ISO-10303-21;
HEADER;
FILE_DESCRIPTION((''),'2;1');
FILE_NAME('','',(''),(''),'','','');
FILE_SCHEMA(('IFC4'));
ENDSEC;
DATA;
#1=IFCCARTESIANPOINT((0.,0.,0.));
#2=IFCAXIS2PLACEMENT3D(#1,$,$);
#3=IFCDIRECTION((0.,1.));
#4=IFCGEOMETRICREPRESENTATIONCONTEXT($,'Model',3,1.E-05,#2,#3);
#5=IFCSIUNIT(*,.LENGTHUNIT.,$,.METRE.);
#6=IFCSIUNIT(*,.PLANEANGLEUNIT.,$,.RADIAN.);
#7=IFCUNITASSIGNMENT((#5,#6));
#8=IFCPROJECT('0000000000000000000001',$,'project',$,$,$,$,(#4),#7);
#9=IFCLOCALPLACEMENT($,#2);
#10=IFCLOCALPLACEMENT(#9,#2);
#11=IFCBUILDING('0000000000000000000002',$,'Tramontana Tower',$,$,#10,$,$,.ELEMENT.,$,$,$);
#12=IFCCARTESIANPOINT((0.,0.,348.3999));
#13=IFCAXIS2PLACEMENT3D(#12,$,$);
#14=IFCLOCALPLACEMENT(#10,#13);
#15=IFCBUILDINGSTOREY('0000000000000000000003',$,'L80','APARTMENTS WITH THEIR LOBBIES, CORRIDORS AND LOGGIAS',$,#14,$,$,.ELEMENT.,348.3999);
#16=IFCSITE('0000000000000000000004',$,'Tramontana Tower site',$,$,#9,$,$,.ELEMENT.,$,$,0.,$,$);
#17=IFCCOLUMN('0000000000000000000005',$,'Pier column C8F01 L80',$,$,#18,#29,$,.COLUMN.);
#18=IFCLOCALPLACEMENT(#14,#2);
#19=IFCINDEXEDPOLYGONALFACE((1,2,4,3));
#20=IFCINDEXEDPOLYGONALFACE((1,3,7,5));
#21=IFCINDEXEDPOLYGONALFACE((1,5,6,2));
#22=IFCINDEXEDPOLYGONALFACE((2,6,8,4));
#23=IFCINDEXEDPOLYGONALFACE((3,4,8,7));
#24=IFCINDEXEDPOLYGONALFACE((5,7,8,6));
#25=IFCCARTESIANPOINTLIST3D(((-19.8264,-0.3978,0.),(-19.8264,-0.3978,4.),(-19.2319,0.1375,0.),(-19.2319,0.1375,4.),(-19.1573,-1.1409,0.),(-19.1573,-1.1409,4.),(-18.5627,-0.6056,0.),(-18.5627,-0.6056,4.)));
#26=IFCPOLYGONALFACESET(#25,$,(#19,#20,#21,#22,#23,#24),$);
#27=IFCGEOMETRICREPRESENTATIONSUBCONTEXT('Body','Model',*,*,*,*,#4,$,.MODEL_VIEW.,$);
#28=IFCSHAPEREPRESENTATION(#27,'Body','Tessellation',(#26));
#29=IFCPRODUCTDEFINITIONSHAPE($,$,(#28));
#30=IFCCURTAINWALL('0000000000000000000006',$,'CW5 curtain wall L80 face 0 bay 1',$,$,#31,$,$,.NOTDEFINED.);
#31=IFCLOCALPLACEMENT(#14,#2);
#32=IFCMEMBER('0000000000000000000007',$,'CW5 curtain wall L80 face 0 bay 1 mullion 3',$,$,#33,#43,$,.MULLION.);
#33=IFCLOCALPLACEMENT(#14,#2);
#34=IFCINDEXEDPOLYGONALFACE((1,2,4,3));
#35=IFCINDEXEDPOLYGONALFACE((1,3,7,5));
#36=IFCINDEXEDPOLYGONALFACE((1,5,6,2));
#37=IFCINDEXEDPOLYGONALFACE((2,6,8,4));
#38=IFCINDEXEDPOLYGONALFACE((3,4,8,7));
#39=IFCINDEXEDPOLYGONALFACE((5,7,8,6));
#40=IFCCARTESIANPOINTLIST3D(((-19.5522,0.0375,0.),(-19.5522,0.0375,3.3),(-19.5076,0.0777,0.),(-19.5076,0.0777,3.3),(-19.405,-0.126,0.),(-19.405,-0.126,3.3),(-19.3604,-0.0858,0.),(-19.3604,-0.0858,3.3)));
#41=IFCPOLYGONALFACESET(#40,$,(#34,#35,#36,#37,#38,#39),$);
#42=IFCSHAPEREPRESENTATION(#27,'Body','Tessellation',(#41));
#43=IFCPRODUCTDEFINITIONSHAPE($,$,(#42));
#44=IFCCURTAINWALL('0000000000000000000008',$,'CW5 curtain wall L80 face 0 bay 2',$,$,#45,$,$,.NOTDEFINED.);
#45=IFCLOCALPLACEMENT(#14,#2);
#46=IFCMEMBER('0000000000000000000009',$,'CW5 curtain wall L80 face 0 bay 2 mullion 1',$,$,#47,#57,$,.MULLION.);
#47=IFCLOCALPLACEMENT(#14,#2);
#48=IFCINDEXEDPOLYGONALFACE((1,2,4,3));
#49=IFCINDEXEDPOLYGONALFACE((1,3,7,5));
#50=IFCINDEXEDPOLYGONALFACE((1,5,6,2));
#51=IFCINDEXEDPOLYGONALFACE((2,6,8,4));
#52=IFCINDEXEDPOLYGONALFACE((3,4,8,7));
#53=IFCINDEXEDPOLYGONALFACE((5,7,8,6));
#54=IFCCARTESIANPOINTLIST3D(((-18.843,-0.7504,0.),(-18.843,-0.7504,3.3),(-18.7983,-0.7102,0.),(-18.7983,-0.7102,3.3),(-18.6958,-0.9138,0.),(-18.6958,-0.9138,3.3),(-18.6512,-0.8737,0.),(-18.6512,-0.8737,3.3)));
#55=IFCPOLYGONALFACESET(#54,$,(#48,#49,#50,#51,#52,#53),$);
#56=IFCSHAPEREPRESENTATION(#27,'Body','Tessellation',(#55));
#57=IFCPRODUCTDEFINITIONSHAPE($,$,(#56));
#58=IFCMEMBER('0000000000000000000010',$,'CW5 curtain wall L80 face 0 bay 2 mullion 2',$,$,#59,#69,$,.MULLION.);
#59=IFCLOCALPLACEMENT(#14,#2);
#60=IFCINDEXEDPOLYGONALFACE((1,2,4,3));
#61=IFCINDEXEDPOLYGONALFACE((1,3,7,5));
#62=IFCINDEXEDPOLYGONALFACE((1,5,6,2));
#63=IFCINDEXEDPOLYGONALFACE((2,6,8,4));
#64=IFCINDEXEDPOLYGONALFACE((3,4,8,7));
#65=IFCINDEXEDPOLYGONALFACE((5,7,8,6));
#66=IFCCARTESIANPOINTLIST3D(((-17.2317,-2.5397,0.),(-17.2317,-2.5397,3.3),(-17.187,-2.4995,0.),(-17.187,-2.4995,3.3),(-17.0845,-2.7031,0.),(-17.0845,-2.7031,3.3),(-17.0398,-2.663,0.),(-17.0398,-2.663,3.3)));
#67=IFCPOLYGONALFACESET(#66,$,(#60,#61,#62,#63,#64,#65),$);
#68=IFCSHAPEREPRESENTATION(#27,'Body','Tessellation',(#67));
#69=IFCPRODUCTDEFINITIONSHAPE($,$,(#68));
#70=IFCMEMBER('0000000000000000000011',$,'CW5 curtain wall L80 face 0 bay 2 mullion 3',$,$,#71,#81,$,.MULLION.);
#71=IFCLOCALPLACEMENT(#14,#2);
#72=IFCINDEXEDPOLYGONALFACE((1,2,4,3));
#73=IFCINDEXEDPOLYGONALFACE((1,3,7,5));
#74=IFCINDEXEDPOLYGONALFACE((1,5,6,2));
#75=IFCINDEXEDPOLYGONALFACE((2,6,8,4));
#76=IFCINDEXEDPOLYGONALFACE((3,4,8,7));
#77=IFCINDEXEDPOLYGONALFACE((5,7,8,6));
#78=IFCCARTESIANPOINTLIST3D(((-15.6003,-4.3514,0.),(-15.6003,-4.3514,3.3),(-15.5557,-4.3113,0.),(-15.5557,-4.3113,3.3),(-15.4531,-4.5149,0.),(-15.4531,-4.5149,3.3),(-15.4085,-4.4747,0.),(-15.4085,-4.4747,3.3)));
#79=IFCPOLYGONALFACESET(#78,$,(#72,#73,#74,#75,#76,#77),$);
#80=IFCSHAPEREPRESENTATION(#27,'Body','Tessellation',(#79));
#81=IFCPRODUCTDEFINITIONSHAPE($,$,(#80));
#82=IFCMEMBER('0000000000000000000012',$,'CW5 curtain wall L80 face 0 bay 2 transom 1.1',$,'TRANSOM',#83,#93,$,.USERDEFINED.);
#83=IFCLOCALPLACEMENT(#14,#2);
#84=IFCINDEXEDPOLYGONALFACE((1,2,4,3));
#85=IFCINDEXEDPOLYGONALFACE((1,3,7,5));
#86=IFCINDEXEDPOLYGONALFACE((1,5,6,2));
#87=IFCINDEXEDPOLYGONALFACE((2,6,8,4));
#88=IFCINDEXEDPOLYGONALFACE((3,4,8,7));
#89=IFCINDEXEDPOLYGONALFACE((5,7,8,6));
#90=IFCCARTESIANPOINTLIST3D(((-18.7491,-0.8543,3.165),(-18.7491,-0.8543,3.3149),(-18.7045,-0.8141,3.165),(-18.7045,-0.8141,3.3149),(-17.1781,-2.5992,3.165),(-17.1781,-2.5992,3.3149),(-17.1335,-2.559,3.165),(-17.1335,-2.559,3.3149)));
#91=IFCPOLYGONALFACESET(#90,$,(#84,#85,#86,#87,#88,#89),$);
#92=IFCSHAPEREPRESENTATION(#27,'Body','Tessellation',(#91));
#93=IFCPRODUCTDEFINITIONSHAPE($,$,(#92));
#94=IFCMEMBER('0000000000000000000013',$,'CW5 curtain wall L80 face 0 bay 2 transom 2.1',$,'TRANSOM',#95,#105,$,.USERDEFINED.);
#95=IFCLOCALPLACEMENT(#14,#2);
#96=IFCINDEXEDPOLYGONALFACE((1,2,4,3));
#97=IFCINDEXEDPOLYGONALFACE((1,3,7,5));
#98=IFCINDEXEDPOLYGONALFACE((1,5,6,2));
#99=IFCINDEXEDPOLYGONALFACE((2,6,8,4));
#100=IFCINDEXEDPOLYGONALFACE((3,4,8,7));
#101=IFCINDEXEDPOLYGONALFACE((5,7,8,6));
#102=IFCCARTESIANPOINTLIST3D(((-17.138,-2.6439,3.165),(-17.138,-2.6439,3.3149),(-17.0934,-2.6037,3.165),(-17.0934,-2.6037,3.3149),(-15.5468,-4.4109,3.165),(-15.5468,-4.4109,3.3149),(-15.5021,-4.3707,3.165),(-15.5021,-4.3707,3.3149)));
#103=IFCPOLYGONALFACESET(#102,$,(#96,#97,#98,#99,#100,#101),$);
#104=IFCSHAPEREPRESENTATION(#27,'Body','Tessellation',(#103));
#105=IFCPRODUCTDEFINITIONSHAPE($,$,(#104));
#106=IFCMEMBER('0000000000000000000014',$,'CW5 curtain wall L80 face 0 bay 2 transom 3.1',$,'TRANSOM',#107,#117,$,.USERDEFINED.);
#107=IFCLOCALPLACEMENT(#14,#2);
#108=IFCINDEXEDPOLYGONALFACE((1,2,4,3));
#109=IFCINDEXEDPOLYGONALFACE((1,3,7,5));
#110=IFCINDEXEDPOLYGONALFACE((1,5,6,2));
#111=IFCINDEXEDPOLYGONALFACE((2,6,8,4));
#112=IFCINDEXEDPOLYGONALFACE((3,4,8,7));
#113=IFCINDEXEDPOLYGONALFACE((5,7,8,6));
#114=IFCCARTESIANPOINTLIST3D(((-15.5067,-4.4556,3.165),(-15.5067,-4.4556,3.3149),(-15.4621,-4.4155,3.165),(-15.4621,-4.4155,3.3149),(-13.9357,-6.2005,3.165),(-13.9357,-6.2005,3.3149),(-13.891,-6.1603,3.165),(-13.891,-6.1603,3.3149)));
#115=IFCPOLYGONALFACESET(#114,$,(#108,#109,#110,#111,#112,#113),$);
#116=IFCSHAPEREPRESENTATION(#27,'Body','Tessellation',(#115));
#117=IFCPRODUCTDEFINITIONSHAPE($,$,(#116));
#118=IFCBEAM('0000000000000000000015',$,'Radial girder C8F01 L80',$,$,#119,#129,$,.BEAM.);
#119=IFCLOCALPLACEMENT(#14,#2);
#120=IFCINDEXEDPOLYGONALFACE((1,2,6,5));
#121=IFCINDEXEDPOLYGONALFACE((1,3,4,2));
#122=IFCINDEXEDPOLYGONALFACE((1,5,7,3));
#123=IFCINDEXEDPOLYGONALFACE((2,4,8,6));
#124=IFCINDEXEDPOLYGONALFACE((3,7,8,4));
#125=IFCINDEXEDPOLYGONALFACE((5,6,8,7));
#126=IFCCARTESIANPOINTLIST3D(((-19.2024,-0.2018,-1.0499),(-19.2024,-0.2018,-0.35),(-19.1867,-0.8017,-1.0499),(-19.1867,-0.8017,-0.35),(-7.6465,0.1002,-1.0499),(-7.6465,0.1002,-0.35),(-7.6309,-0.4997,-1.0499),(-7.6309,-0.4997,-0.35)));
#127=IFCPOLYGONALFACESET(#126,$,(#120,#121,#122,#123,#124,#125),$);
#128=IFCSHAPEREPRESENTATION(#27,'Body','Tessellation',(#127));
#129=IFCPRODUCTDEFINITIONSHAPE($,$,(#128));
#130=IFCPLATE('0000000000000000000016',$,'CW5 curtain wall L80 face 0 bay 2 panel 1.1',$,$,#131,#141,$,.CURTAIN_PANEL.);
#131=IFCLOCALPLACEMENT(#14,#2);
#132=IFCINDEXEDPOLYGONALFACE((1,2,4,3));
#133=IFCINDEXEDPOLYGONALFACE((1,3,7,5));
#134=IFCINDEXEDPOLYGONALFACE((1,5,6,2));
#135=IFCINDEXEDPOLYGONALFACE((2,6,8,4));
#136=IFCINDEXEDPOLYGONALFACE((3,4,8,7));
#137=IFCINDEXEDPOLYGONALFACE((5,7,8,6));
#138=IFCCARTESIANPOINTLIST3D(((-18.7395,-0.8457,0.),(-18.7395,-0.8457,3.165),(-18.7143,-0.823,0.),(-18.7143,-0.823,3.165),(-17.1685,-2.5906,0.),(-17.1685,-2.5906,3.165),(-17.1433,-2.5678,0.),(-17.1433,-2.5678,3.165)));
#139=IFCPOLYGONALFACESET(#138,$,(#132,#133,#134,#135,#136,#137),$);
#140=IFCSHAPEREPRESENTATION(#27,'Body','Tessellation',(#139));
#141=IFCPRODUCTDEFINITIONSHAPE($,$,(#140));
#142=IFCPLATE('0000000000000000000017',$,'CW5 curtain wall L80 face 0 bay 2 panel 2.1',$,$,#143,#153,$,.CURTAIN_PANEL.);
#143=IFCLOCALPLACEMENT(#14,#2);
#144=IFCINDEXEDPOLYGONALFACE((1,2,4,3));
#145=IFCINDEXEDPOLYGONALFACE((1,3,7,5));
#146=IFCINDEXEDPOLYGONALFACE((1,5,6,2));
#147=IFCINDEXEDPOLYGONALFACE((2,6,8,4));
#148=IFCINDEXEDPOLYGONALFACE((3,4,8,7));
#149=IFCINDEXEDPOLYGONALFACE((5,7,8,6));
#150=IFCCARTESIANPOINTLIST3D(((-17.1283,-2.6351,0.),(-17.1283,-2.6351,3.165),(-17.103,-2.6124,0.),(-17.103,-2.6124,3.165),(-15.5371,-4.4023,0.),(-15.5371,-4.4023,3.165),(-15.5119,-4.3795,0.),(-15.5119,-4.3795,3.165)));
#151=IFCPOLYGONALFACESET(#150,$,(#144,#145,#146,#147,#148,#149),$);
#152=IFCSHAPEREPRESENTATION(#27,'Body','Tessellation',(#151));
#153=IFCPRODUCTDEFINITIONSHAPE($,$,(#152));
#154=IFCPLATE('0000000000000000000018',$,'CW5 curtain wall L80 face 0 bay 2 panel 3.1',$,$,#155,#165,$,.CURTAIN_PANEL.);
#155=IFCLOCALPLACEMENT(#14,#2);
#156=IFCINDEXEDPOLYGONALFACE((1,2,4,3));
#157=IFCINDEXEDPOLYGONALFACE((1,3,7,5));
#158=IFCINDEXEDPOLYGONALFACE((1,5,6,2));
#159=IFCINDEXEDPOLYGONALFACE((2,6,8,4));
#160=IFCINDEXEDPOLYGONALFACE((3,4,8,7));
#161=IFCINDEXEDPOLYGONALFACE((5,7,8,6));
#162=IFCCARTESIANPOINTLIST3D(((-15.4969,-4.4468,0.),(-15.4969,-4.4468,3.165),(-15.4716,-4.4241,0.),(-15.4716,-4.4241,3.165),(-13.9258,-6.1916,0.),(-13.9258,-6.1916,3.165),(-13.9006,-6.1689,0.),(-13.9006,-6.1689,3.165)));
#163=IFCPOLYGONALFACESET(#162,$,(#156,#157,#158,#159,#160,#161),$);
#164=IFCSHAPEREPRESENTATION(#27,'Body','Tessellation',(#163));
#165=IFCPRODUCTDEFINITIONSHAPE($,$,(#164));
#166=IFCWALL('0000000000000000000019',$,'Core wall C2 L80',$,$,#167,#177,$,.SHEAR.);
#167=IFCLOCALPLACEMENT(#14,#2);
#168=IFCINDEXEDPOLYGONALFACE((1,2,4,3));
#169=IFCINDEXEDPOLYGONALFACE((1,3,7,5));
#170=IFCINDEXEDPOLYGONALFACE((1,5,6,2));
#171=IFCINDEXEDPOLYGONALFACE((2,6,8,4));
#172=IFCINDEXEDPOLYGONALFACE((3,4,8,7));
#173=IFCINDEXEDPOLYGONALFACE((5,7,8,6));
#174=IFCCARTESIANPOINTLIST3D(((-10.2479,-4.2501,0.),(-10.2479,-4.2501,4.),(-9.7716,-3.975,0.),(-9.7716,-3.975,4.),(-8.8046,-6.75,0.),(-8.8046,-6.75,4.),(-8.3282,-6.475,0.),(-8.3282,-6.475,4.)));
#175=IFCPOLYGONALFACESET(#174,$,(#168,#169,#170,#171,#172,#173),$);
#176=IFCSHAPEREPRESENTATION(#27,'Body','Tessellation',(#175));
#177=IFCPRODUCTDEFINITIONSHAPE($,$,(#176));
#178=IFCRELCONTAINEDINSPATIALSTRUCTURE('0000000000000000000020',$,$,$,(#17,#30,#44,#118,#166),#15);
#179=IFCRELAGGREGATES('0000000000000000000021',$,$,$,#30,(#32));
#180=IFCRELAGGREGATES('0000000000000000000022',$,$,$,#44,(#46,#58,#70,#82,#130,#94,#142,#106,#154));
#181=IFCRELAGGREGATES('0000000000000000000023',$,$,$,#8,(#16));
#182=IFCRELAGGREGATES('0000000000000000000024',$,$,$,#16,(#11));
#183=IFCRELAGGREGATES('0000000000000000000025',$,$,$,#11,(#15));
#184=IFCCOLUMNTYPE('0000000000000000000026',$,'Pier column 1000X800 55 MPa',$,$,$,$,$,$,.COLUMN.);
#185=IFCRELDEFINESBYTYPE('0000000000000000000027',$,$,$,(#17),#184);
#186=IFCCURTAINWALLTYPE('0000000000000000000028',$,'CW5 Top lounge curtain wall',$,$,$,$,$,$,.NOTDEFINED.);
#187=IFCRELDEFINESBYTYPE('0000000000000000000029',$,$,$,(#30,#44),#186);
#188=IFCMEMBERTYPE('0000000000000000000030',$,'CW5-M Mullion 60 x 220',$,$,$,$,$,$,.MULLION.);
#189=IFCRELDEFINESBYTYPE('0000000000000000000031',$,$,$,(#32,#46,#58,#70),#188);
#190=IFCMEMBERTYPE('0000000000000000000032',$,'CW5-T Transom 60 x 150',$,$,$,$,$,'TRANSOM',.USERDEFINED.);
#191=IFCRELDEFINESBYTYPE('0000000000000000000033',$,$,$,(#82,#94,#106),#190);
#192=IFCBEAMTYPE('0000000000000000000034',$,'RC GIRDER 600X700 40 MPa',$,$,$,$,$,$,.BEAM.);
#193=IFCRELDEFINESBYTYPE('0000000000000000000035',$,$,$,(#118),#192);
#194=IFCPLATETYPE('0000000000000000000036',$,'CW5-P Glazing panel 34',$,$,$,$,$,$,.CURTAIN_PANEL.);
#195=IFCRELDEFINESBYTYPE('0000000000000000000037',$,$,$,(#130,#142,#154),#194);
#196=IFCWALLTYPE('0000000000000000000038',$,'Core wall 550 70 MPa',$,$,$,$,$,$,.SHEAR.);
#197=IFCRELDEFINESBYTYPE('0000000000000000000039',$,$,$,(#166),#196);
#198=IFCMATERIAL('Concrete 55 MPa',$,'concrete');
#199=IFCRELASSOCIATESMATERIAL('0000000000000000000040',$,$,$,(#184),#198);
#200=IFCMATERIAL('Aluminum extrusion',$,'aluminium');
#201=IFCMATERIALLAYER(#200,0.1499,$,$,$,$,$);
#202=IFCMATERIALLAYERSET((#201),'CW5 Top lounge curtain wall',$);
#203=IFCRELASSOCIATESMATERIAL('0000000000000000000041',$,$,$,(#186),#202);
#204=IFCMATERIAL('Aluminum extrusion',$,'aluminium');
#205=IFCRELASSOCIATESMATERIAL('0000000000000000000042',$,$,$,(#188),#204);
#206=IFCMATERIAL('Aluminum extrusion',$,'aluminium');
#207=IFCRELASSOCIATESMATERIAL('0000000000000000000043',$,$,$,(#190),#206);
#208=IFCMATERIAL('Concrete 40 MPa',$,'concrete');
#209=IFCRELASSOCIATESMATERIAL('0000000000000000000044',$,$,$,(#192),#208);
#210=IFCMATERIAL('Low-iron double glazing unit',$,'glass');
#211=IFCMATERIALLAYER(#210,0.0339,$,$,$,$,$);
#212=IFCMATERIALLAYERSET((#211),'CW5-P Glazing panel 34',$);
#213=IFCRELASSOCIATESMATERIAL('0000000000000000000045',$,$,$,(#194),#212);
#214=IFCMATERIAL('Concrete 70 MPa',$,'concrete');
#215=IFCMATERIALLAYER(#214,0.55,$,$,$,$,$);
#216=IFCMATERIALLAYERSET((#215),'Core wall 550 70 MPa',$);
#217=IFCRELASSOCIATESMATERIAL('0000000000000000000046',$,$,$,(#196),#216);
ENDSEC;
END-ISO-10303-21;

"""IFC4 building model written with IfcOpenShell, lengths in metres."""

from ifc_helpers import new_model, si_unit, direction, frame, frame_2d, origin, origin_2d, place, context, subcontext, project, spatial, rectangle, extrude, material, layer, layer_set, material_profile, profile_set, type_object, element, aggregate, save


model = new_model("IFC4")

# Units and contexts
model_context = context("Model", 3, precision=1e-05, world=origin(), true_north=direction((0.0, 1.0)))
body_context = subcontext(model_context, "Body", "Model", "MODEL_VIEW")
ifc_project = project(units=[si_unit("LENGTHUNIT", "METRE"), si_unit("PLANEANGLEUNIT", "RADIAN")], contexts=[model_context])

# Site, building, storey
site_placement = place(None, origin())
site = spatial("IfcSite", under=ifc_project, at=site_placement, Name="Tramontana Tower site", CompositionType="ELEMENT", RefElevation=0.0)
building_placement = place(site_placement, origin())
building = spatial("IfcBuilding", under=site, at=building_placement, Name="Tramontana Tower", CompositionType="ELEMENT")
storey_placement = place(building_placement, frame((0.0, 0.0, 348.3999)))
storey = spatial("IfcBuildingStorey", under=building, at=storey_placement, Name="L80", Description="APARTMENTS WITH THEIR LOBBIES, CORRIDORS AND LOGGIAS", CompositionType="ELEMENT", Elevation=348.3999)

# Column
ifc_material_1 = material(Name="Concrete 55 MPa", Category="concrete")
ifc_material_profile_1 = material_profile(ifc_material_1, rectangle(XDim=1.0, YDim=0.8, at=origin_2d()), Name="Pier column 1000X800 55 MPa")
ifc_profile_set_1 = profile_set([ifc_material_profile_1], Name="Concrete 55 MPa")
column_type = type_object("IfcColumnType", Name="Pier column 1000X800 55 MPa", PredefinedType="COLUMN", material=ifc_profile_set_1)
column_placement = place(storey_placement, frame((-19.1946, -0.5017, 0.0), z_axis=(0.0, 0.0, 1.0), x_axis=(0.669131, -0.743145, 0.0)))
element("IfcColumn", 1, at=column_placement, inside=storey, type_object=column_type, Name="Pier column C8F01 L80", PredefinedType="COLUMN", context=body_context, shape_type="SweptSolid", body=[
    extrude(rectangle(XDim=1.0, YDim=0.8, at=origin_2d()), origin(), (0.0, 0.0, 1.0), 4.0),
])

# Curtain wall, member
ifc_material_2 = material(Name="Aluminum extrusion", Category="aluminium")
ifc_layer_1 = layer(ifc_material_2, 0.1499)
ifc_layer_set_1 = layer_set([ifc_layer_1], Name="CW5 Top lounge curtain wall")
curtain_wall_type = type_object("IfcCurtainWallType", Name="CW5 Top lounge curtain wall", PredefinedType="NOTDEFINED", material=ifc_layer_set_1)
curtain_wall_1_placement = place(storey_placement, origin())
curtain_wall_1 = element("IfcCurtainWall", 2, at=curtain_wall_1_placement, inside=storey, type_object=curtain_wall_type, Name="CW5 curtain wall L80 face 0 bay 1", PredefinedType="NOTDEFINED")
ifc_material_3 = material(Name="Aluminum extrusion", Category="aluminium")
ifc_material_profile_2 = material_profile(ifc_material_3, rectangle(XDim=0.0601, YDim=0.22, at=origin_2d()), Name="CW5-M Mullion 60 x 220")
ifc_profile_set_2 = profile_set([ifc_material_profile_2], Name="Aluminum extrusion")
member_type_1 = type_object("IfcMemberType", Name="CW5-M Mullion 60 x 220", PredefinedType="MULLION", material=ifc_profile_set_2)
member_1_placement = place(storey_placement, frame((-19.4563, -0.0242, 0.0), z_axis=(0.0, 0.0, 1.0), x_axis=(0.743145, 0.669131, 0.0)))
member_1 = element("IfcMember", 3, at=member_1_placement, type_object=member_type_1, Name="CW5 curtain wall L80 face 0 bay 1 mullion 3", PredefinedType="MULLION", context=body_context, shape_type="SweptSolid", body=[
    extrude(rectangle(XDim=0.0601, YDim=0.22, at=origin_2d()), origin(), (0.0, 0.0, 1.0), 3.3),
])
aggregate(curtain_wall_1, [member_1])

# Curtain wall, members
curtain_wall_2_placement = place(storey_placement, origin())
curtain_wall_2 = element("IfcCurtainWall", 4, at=curtain_wall_2_placement, inside=storey, type_object=curtain_wall_type, Name="CW5 curtain wall L80 face 0 bay 2", PredefinedType="NOTDEFINED")
member_2_placement = place(storey_placement, frame((-18.7471, -0.812, 0.0), z_axis=(0.0, 0.0, 1.0), x_axis=(0.743145, 0.669131, 0.0)))
member_2 = element("IfcMember", 5, at=member_2_placement, type_object=member_type_1, Name="CW5 curtain wall L80 face 0 bay 2 mullion 1", PredefinedType="MULLION", context=body_context, shape_type="SweptSolid", body=[
    extrude(rectangle(XDim=0.0601, YDim=0.22, at=origin_2d()), origin(), (0.0, 0.0, 1.0), 3.3),
])
member_3_placement = place(storey_placement, frame((-17.1357, -2.6013, 0.0), z_axis=(0.0, 0.0, 1.0), x_axis=(0.743145, 0.669131, 0.0)))
member_3 = element("IfcMember", 6, at=member_3_placement, type_object=member_type_1, Name="CW5 curtain wall L80 face 0 bay 2 mullion 2", PredefinedType="MULLION", context=body_context, shape_type="SweptSolid", body=[
    extrude(rectangle(XDim=0.0601, YDim=0.22, at=origin_2d()), origin(), (0.0, 0.0, 1.0), 3.3),
])
member_4_placement = place(storey_placement, frame((-15.5044, -4.4131, 0.0), z_axis=(0.0, 0.0, 1.0), x_axis=(0.743145, 0.669131, 0.0)))
member_4 = element("IfcMember", 7, at=member_4_placement, type_object=member_type_1, Name="CW5 curtain wall L80 face 0 bay 2 mullion 3", PredefinedType="MULLION", context=body_context, shape_type="SweptSolid", body=[
    extrude(rectangle(XDim=0.0601, YDim=0.22, at=origin_2d()), origin(), (0.0, 0.0, 1.0), 3.3),
])
ifc_material_4 = material(Name="Aluminum extrusion", Category="aluminium")
ifc_material_profile_3 = material_profile(ifc_material_4, rectangle(XDim=0.0601, YDim=0.1499, at=origin_2d()), Name="CW5-T Transom 60 x 150")
ifc_profile_set_3 = profile_set([ifc_material_profile_3], Name="Aluminum extrusion")
member_type_2 = type_object("IfcMemberType", Name="CW5-T Transom 60 x 150", ElementType="TRANSOM", PredefinedType="USERDEFINED", material=ifc_profile_set_3)
member_5_placement = place(storey_placement, frame((-18.7268, -0.8342, 3.24), z_axis=(0.66912, -0.743155, 0.0), x_axis=(0.743155, 0.66912, 0.0)))
member_5 = element("IfcMember", 8, at=member_5_placement, type_object=member_type_2, Name="CW5 curtain wall L80 face 0 bay 2 transom 1.1", ObjectType="TRANSOM", PredefinedType="USERDEFINED", context=body_context, shape_type="SweptSolid", body=[
    extrude(rectangle(XDim=0.0601, YDim=0.1499, at=origin_2d()), origin(), (0.0, 0.0, 1.0), 2.3479),
])
member_6_placement = place(storey_placement, frame((-17.1157, -2.6238, 3.24), z_axis=(0.66918, -0.7431, 0.0), x_axis=(0.7431, 0.66918, 0.0)))
member_6 = element("IfcMember", 9, at=member_6_placement, type_object=member_type_2, Name="CW5 curtain wall L80 face 0 bay 2 transom 2.1", ObjectType="TRANSOM", PredefinedType="USERDEFINED", context=body_context, shape_type="SweptSolid", body=[
    extrude(rectangle(XDim=0.0601, YDim=0.1499, at=origin_2d()), origin(), (0.0, 0.0, 1.0), 2.3779),
])
member_7_placement = place(storey_placement, frame((-15.4844, -4.4355, 3.24), z_axis=(0.66912, -0.743155, 0.0), x_axis=(0.743155, 0.66912, 0.0)))
member_7 = element("IfcMember", 10, at=member_7_placement, type_object=member_type_2, Name="CW5 curtain wall L80 face 0 bay 2 transom 3.1", ObjectType="TRANSOM", PredefinedType="USERDEFINED", context=body_context, shape_type="SweptSolid", body=[
    extrude(rectangle(XDim=0.0601, YDim=0.1499, at=origin_2d()), origin(), (0.0, 0.0, 1.0), 2.3479),
])

# Beam
ifc_material_5 = material(Name="Concrete 40 MPa", Category="concrete")
ifc_material_profile_4 = material_profile(ifc_material_5, rectangle(XDim=0.6001, YDim=0.7, at=origin_2d()), Name="RC GIRDER 600X700 40 MPa")
ifc_profile_set_4 = profile_set([ifc_material_profile_4], Name="Concrete 40 MPa")
beam_type = type_object("IfcBeamType", Name="RC GIRDER 600X700 40 MPa", PredefinedType="BEAM", material=ifc_profile_set_4)
beam_placement = place(storey_placement, frame((-19.1946, -0.5017, -0.7), z_axis=(0.999659, 0.026125, 0.0), x_axis=(-0.026125, 0.999659, 0.0)))
element("IfcBeam", 11, at=beam_placement, inside=storey, type_object=beam_type, Name="Radial girder C8F01 L80", PredefinedType="BEAM", context=body_context, shape_type="SweptSolid", body=[
    extrude(rectangle(XDim=0.6001, YDim=0.7, at=origin_2d()), origin(), (0.0, 0.0, 1.0), 11.5598),
])

# Plates
ifc_material_6 = material(Name="Low-iron double glazing unit", Category="glass")
ifc_layer_2 = layer(ifc_material_6, 0.0339)
ifc_layer_set_2 = layer_set([ifc_layer_2], Name="CW5-P Glazing panel 34")
plate_type = type_object("IfcPlateType", Name="CW5-P Glazing panel 34", PredefinedType="CURTAIN_PANEL", material=ifc_layer_set_2)
plate_1_placement = place(storey_placement, frame((-17.9414, -1.7068, 0.0), z_axis=(0.0, 0.0, 1.0), x_axis=(0.669131, -0.743145, 0.0)))
plate_1 = element("IfcPlate", 12, at=plate_1_placement, type_object=plate_type, Name="CW5 curtain wall L80 face 0 bay 2 panel 1.1", PredefinedType="CURTAIN_PANEL", context=body_context, shape_type="SweptSolid", body=[
    extrude(rectangle(XDim=2.3479, YDim=0.0339, at=origin_2d()), origin(), (0.0, 0.0, 1.0), 3.165),
])
plate_2_placement = place(storey_placement, frame((-16.3201, -3.5073, 0.0), z_axis=(0.0, 0.0, 1.0), x_axis=(0.669131, -0.743145, 0.0)))
plate_2 = element("IfcPlate", 13, at=plate_2_placement, type_object=plate_type, Name="CW5 curtain wall L80 face 0 bay 2 panel 2.1", PredefinedType="CURTAIN_PANEL", context=body_context, shape_type="SweptSolid", body=[
    extrude(rectangle(XDim=2.3779, YDim=0.0339, at=origin_2d()), origin(), (0.0, 0.0, 1.0), 3.165),
])
plate_3_placement = place(storey_placement, frame((-14.6987, -5.3079, 0.0), z_axis=(0.0, 0.0, 1.0), x_axis=(0.669131, -0.743145, 0.0)))
plate_3 = element("IfcPlate", 14, at=plate_3_placement, type_object=plate_type, Name="CW5 curtain wall L80 face 0 bay 2 panel 3.1", PredefinedType="CURTAIN_PANEL", context=body_context, shape_type="SweptSolid", body=[
    extrude(rectangle(XDim=2.3479, YDim=0.0339, at=origin_2d()), origin(), (0.0, 0.0, 1.0), 3.165),
])
aggregate(curtain_wall_2, [member_2, member_3, member_4, member_5, plate_1, member_6, plate_2, member_7, plate_3])

# Wall
ifc_material_7 = material(Name="Concrete 70 MPa", Category="concrete")
ifc_layer_3 = layer(ifc_material_7, 0.55)
ifc_layer_set_3 = layer_set([ifc_layer_3], Name="Core wall 550 70 MPa")
wall_type_1 = type_object("IfcWallType", Name="Core wall 550 70 MPa", PredefinedType="SHEAR", material=ifc_layer_set_3)
wall_1_placement = place(storey_placement, frame((-10.0098, -4.1125, 0.0), z_axis=(0.0, 0.0, 1.0), x_axis=(0.499996, -0.866028, 0.0)))
element("IfcWall", 15, at=wall_1_placement, inside=storey, type_object=wall_type_1, Name="Core wall C2 L80", PredefinedType="SHEAR", context=body_context, shape_type="SweptSolid", body=[
    extrude(rectangle(XDim=2.8867, YDim=0.55, at=frame_2d((1.4434, 0.0))), origin(), (0.0, 0.0, 1.0), 4.0),
])

save(model, "model.ifc")
